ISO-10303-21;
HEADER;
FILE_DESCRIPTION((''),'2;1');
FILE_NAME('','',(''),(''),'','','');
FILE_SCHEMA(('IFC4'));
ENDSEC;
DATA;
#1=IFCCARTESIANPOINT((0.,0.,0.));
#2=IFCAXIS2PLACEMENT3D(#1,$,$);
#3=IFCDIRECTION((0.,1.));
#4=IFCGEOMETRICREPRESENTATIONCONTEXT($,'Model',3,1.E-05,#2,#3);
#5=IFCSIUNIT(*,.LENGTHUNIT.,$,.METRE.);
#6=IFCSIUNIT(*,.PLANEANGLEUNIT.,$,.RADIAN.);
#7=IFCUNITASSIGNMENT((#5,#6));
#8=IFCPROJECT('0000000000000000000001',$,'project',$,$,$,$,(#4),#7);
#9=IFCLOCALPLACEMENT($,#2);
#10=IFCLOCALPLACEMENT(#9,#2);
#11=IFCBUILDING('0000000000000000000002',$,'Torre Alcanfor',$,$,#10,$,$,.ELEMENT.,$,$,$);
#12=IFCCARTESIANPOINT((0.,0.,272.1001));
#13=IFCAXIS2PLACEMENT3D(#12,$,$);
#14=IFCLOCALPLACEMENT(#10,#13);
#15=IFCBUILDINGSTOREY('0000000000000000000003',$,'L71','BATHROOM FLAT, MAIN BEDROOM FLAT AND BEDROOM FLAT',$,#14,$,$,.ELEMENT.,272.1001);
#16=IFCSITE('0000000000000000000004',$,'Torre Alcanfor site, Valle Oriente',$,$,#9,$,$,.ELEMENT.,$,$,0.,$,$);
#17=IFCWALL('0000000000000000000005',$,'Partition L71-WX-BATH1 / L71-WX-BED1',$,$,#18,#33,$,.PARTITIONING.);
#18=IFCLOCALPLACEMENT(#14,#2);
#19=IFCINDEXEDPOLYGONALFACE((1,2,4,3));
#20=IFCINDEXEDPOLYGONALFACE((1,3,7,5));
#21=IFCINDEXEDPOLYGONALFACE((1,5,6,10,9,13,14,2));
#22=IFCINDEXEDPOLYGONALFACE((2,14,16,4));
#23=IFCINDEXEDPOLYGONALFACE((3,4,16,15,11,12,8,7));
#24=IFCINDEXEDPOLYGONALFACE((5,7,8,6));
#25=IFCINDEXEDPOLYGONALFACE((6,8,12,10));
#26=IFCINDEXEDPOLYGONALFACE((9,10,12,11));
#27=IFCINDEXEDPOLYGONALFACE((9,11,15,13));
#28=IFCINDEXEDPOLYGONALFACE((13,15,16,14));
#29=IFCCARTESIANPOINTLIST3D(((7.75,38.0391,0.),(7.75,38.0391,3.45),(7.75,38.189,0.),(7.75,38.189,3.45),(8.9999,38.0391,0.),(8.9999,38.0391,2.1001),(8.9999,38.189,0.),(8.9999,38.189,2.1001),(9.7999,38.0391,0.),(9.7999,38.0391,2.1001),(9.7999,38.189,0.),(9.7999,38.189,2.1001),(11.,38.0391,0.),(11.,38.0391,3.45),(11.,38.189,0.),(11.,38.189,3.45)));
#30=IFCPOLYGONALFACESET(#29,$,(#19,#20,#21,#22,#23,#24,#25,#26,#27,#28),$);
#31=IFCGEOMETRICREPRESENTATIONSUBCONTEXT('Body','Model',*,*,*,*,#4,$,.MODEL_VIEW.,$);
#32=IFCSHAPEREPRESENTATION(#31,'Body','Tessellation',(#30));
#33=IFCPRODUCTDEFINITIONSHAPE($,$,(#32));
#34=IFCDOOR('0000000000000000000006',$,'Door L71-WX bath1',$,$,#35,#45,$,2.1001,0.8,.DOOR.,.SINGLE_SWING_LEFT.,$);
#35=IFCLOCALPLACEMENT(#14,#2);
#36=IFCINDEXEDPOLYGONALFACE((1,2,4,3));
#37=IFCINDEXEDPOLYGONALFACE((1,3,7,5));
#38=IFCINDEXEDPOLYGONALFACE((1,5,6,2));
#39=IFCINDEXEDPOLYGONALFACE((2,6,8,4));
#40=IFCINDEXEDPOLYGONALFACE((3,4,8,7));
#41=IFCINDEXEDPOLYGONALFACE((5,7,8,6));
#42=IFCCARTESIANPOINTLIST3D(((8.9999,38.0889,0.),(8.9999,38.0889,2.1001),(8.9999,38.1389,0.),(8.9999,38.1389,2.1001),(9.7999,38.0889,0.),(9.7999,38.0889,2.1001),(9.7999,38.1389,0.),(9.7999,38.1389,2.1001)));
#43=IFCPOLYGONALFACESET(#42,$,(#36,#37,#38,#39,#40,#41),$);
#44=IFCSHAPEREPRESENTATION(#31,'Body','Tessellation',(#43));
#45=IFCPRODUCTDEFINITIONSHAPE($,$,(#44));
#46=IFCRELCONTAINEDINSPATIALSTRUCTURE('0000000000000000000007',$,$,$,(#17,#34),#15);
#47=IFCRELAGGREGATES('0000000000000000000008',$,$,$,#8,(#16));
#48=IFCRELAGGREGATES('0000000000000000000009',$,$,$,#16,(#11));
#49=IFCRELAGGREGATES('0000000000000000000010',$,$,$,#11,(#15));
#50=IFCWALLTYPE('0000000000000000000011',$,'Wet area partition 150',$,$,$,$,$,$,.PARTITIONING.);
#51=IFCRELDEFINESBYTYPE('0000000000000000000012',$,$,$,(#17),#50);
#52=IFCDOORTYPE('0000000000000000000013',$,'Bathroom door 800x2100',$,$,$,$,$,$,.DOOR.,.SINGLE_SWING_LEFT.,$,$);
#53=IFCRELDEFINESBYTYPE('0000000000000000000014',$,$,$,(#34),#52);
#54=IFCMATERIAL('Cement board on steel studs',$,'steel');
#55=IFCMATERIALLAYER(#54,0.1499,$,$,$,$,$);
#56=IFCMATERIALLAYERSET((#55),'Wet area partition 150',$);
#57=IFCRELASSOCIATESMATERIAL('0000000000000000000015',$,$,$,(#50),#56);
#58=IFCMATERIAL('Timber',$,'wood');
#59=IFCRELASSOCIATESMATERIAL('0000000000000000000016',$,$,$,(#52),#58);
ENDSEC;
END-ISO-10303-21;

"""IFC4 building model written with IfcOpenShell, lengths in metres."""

from ifc_helpers import new_model, si_unit, direction, frame, frame_2d, origin, place, context, subcontext, project, spatial, rectangle, extrude, material, layer, layer_set, type_object, element, fill, save


model = new_model("IFC4")

# Units and contexts
model_context = context("Model", 3, precision=1e-05, world=origin(), true_north=direction((0.0, 1.0)))
body_context = subcontext(model_context, "Body", "Model", "MODEL_VIEW")
ifc_project = project(units=[si_unit("LENGTHUNIT", "METRE"), si_unit("PLANEANGLEUNIT", "RADIAN")], contexts=[model_context])

# Site, building, storey
site_placement = place(None, origin())
site = spatial("IfcSite", under=ifc_project, at=site_placement, Name="Torre Alcanfor site, Valle Oriente", CompositionType="ELEMENT", RefElevation=0.0)
building_placement = place(site_placement, origin())
building = spatial("IfcBuilding", under=site, at=building_placement, Name="Torre Alcanfor", CompositionType="ELEMENT")
storey_placement = place(building_placement, frame((0.0, 0.0, 272.1001)))
storey = spatial("IfcBuildingStorey", under=building, at=storey_placement, Name="L71", Description="BATHROOM FLAT, MAIN BEDROOM FLAT AND BEDROOM FLAT", CompositionType="ELEMENT", Elevation=272.1001)

# Wall, opening, door
ifc_material_1 = material(Name="Cement board on steel studs", Category="steel")
ifc_layer_1 = layer(ifc_material_1, 0.1499)
ifc_layer_set_1 = layer_set([ifc_layer_1], Name="Wet area partition 150")
wall_type_1 = type_object("IfcWallType", Name="Wet area partition 150", PredefinedType="PARTITIONING", material=ifc_layer_set_1)
wall_1_placement = place(storey_placement, frame((7.75, 38.114, 0.0), z_axis=(0.0, 0.0, 1.0), x_axis=(1.0, 0.0, 0.0)))
wall_1 = element("IfcWall", 1, at=wall_1_placement, inside=storey, type_object=wall_type_1, Name="Partition L71-WX-BATH1 / L71-WX-BED1", PredefinedType="PARTITIONING", context=body_context, shape_type="SweptSolid", body=[
    extrude(rectangle(XDim=3.25, YDim=0.1499, at=frame_2d((1.625, 0.0))), origin(), (0.0, 0.0, 1.0), 3.45),
])
opening_1_placement = place(wall_1_placement, frame((1.25, 0.0, 0.0)))
opening_1 = element("IfcOpeningElement", 2, at=opening_1_placement, cuts=wall_1, PredefinedType="OPENING", context=body_context, shape_type="SweptSolid", body=[
    extrude(rectangle(XDim=0.8, YDim=2.1001, at=frame_2d((0.3999, 1.05))), frame((0.0, 0.085, 0.0), z_axis=(0.0, -1.0, 0.0), x_axis=(1.0, 0.0, 0.0)), (0.0, 0.0, 1.0), 0.1699),
])
ifc_material_2 = material(Name="Timber", Category="wood")
door_type_1 = type_object("IfcDoorType", Name="Bathroom door 800x2100", OperationType="SINGLE_SWING_LEFT", PredefinedType="DOOR", material=ifc_material_2)
door_1_placement = place(opening_1_placement, frame((0.8, 0.0, 0.0), z_axis=(0.0, 0.0, 1.0), x_axis=(-1.0, 0.0, 0.0)))
door_1 = element("IfcDoor", 3, at=door_1_placement, inside=storey, type_object=door_type_1, Name="Door L71-WX bath1", OperationType="SINGLE_SWING_LEFT", OverallHeight=2.1001, OverallWidth=0.8, PredefinedType="DOOR", context=body_context, shape_type="SweptSolid", body=[
    extrude(rectangle(XDim=0.8, YDim=2.1001, at=frame_2d((0.4001, 1.05))), frame((0.0, 0.0251, 0.0), z_axis=(0.0, -1.0, 0.0), x_axis=(1.0, 0.0, 0.0)), (0.0, 0.0, 1.0), 0.05),
])
fill(opening_1, door_1)

save(model, "model.ifc")
